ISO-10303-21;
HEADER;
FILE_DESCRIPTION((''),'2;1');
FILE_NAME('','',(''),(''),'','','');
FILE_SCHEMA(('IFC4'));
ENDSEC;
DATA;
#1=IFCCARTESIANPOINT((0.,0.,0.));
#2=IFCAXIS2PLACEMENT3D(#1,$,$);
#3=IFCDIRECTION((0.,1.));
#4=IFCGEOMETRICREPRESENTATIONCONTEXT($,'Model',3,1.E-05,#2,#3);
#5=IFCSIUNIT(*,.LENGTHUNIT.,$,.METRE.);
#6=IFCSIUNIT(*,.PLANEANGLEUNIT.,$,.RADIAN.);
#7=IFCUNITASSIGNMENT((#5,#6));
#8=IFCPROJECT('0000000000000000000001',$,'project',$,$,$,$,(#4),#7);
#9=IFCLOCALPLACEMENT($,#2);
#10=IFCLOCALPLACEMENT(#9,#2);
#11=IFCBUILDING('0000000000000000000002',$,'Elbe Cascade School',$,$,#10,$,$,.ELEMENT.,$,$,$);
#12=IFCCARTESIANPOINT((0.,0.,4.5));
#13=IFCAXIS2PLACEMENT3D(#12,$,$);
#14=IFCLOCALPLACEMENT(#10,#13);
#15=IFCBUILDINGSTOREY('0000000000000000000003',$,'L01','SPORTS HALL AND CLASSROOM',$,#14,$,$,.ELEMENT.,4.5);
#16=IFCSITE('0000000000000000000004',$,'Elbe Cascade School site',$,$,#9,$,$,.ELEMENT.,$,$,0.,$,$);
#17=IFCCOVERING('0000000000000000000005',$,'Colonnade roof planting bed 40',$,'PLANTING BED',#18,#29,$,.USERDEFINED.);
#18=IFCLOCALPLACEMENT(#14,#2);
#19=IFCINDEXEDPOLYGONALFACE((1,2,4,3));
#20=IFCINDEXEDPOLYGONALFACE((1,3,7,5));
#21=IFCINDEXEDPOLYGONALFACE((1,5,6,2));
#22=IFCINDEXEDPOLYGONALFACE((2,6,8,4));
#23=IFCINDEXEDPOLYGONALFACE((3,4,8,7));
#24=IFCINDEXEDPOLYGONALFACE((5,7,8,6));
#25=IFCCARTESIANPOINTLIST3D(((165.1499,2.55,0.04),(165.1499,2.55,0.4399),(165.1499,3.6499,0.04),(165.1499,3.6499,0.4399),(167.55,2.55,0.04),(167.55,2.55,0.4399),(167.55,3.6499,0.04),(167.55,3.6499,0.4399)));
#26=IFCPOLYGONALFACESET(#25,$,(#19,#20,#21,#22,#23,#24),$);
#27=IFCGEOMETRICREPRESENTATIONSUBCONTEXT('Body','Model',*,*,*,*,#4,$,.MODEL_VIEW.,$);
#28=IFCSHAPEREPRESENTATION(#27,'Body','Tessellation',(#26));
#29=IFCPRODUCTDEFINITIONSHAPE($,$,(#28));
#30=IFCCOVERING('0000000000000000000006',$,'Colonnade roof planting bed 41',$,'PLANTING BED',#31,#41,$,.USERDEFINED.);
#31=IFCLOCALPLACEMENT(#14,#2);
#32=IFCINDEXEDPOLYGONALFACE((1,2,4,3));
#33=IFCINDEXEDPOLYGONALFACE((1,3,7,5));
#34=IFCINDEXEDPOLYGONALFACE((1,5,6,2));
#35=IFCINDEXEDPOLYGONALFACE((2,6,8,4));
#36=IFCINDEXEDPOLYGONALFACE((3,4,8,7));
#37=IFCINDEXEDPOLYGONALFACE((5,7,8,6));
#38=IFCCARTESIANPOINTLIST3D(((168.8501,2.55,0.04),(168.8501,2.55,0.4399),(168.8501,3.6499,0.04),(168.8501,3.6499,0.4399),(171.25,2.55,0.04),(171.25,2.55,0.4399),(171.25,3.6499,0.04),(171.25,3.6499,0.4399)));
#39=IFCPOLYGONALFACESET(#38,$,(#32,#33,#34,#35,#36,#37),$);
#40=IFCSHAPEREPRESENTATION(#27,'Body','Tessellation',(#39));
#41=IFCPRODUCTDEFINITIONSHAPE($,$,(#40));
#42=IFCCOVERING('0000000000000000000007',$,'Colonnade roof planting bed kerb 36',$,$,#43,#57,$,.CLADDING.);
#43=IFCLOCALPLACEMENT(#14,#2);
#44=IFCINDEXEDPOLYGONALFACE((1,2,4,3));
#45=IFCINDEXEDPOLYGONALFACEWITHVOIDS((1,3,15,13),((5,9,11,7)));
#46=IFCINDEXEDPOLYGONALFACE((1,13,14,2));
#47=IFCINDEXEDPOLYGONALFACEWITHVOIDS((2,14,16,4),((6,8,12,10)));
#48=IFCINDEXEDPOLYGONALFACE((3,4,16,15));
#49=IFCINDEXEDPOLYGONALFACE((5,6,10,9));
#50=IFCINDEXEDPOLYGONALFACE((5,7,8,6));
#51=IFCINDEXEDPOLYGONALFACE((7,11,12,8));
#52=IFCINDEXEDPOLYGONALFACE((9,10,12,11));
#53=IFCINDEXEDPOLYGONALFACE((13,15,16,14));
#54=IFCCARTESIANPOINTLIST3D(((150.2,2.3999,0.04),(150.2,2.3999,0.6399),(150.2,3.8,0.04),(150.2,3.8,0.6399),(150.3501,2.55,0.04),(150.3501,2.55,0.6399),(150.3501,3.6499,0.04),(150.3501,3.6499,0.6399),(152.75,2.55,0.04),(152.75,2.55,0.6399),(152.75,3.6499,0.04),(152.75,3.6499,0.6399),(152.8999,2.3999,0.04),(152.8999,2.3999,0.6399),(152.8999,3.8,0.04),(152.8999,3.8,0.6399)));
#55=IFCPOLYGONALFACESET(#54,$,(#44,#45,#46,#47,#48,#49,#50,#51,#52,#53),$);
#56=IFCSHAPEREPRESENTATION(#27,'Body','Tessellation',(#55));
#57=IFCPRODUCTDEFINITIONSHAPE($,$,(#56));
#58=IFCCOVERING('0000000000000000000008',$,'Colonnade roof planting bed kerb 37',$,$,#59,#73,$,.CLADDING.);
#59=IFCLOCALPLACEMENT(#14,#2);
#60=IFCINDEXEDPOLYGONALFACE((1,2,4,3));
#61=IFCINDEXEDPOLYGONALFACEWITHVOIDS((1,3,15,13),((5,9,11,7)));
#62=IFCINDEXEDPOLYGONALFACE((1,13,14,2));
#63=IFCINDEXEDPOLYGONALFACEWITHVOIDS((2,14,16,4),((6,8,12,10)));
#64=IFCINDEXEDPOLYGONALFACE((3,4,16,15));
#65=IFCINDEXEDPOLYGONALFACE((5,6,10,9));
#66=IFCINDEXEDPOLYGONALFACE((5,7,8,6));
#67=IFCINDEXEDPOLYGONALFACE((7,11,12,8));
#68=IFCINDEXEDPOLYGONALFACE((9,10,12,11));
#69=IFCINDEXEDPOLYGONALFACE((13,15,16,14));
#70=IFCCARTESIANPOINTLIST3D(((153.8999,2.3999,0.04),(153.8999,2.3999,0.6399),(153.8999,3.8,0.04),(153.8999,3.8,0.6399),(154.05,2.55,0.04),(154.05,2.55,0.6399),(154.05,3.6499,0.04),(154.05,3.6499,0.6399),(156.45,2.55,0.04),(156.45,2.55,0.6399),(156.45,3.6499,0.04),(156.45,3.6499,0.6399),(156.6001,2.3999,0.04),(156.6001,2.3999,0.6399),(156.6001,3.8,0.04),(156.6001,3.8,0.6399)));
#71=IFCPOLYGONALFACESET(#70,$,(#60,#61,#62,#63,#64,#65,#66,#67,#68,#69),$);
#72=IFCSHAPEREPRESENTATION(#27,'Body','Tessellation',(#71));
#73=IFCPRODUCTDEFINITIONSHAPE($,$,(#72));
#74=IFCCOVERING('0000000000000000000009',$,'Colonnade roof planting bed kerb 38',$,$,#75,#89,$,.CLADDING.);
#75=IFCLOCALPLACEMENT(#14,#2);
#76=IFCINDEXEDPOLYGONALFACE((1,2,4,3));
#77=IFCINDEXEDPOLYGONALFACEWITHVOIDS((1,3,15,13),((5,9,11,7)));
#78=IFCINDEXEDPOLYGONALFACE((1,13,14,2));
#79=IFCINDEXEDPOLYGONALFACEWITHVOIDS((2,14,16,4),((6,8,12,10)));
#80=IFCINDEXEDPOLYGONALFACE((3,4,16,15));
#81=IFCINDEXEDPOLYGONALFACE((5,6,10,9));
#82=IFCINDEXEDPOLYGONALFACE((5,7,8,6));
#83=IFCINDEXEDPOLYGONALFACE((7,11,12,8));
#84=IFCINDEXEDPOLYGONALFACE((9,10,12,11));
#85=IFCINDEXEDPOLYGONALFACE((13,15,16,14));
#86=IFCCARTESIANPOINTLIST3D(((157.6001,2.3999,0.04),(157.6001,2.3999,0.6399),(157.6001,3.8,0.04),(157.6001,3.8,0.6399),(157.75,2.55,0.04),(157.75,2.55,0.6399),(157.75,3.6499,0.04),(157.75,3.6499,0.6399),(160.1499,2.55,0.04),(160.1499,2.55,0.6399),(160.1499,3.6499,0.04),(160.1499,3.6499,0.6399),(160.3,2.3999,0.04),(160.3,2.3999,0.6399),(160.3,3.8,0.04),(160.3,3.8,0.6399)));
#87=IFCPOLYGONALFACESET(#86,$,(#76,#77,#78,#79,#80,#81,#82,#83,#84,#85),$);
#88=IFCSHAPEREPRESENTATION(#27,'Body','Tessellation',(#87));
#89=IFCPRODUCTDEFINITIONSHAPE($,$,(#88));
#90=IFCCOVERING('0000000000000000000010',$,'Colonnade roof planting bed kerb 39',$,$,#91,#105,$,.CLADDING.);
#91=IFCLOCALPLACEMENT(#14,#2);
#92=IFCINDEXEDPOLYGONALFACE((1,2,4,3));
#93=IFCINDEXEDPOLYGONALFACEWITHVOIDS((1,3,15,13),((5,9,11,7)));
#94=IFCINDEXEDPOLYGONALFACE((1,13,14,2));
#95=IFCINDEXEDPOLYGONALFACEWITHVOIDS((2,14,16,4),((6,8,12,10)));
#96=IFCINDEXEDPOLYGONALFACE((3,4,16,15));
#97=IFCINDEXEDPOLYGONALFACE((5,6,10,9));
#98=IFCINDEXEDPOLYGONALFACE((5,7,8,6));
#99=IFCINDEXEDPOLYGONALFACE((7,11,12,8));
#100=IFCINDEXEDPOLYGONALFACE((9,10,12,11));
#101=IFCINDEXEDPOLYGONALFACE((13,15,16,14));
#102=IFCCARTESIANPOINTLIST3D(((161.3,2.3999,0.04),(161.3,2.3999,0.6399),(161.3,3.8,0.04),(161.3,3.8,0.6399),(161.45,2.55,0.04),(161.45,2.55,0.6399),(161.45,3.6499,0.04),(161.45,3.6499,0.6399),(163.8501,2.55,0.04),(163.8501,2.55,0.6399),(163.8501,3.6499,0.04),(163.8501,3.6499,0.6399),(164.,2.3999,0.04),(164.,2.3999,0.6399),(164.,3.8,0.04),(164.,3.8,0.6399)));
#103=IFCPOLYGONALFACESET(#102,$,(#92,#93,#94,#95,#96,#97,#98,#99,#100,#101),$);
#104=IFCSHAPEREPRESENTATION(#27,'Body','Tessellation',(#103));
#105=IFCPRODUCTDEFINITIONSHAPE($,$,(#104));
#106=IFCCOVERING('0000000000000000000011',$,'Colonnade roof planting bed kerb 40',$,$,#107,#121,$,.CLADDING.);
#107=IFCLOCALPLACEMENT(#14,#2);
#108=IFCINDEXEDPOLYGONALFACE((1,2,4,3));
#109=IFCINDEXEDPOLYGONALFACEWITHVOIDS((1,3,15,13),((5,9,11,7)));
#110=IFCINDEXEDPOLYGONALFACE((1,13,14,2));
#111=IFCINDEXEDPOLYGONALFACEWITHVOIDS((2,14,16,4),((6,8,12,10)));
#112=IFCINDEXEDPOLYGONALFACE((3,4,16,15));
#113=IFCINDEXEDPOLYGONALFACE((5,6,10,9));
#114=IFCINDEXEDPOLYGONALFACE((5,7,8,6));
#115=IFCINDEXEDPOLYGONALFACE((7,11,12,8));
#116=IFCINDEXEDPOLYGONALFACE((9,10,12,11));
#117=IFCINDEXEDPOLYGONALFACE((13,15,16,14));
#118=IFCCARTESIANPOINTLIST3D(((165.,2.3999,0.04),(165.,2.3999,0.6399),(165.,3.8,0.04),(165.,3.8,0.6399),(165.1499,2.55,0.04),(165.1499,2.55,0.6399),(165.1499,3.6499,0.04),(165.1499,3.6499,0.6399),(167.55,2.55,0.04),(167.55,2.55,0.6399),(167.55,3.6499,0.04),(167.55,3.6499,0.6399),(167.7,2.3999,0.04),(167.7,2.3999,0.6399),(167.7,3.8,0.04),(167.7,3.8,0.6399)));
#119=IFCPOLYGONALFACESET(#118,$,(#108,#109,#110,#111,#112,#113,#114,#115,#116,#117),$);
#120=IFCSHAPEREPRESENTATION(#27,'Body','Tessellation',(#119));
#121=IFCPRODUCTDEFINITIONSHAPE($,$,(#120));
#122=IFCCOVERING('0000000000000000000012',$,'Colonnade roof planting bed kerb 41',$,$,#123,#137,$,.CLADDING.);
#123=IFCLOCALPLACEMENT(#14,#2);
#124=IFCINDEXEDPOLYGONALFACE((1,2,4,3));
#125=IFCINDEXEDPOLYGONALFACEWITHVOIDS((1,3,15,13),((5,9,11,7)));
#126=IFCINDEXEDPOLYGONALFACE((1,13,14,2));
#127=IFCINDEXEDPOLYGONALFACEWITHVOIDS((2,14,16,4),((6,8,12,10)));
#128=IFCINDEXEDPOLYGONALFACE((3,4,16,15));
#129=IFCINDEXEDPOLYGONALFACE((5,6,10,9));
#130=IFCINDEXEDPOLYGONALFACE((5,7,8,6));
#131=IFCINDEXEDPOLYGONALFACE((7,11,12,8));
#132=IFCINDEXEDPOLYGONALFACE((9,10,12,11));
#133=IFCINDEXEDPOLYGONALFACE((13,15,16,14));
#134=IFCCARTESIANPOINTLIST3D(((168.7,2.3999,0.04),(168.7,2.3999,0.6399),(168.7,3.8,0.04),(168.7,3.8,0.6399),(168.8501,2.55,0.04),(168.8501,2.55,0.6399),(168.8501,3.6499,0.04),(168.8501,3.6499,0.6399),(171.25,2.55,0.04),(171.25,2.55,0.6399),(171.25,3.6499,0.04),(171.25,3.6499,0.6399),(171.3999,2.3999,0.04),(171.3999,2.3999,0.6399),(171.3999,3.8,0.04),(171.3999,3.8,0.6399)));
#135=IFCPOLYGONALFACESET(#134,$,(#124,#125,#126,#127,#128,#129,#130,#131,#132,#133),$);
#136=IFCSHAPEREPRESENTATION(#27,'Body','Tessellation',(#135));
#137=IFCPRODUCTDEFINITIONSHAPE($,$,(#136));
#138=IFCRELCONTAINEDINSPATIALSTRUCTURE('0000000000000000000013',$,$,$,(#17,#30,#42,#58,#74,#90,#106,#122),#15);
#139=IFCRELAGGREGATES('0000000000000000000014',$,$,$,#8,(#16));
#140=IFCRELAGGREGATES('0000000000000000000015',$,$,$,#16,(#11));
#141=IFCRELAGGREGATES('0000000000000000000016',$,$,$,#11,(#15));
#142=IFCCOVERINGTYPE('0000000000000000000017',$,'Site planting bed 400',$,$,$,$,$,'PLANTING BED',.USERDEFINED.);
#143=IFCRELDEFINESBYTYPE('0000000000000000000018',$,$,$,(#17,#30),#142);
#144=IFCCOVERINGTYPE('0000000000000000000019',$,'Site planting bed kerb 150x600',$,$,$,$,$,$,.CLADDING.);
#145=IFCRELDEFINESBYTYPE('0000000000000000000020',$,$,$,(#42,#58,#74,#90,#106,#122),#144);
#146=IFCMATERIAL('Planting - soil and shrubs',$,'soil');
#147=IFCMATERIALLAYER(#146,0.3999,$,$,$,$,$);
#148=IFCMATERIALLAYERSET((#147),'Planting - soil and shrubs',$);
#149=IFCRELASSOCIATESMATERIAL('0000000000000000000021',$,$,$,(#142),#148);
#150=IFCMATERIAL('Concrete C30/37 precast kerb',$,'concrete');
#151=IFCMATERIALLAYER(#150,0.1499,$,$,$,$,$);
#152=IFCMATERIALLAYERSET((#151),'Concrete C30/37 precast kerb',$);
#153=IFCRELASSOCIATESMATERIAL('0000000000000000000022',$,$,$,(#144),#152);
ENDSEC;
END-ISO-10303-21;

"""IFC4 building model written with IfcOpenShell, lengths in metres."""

from ifc_helpers import new_model, si_unit, direction, frame, origin, place, context, subcontext, project, spatial, polyline, outline, extrude, material, layer, layer_set, type_object, element, save


model = new_model("IFC4")

# Units and contexts
model_context = context("Model", 3, precision=1e-05, world=origin(), true_north=direction((0.0, 1.0)))
body_context = subcontext(model_context, "Body", "Model", "MODEL_VIEW")
ifc_project = project(units=[si_unit("LENGTHUNIT", "METRE"), si_unit("PLANEANGLEUNIT", "RADIAN")], contexts=[model_context])

# Site, building, storey
site_placement = place(None, origin())
site = spatial("IfcSite", under=ifc_project, at=site_placement, Name="Elbe Cascade School site", CompositionType="ELEMENT", RefElevation=0.0)
building_placement = place(site_placement, origin())
building = spatial("IfcBuilding", under=site, at=building_placement, Name="Elbe Cascade School", CompositionType="ELEMENT")
storey_placement = place(building_placement, frame((0.0, 0.0, 4.5)))
storey = spatial("IfcBuildingStorey", under=building, at=storey_placement, Name="L01", Description="SPORTS HALL AND CLASSROOM", CompositionType="ELEMENT", Elevation=4.5)

# Coverings
ifc_material_1 = material(Name="Planting - soil and shrubs", Category="soil")
ifc_layer_1 = layer(ifc_material_1, 0.3999)
ifc_layer_set_1 = layer_set([ifc_layer_1], Name="Planting - soil and shrubs")
covering_type_1 = type_object("IfcCoveringType", Name="Site planting bed 400", ElementType="PLANTING BED", PredefinedType="USERDEFINED", material=ifc_layer_set_1)
covering_1_placement = place(storey_placement, frame((0.0, 0.0, 0.04)))
element("IfcCovering", 1, at=covering_1_placement, inside=storey, type_object=covering_type_1, Name="Colonnade roof planting bed 40", ObjectType="PLANTING BED", PredefinedType="USERDEFINED", context=body_context, shape_type="SweptSolid", body=[
    extrude(outline(polyline([(165.1499, 2.55), (167.55, 2.55), (167.55, 3.6499), (165.1499, 3.6499), (165.1499, 2.55)])), origin(), (0.0, 0.0, 1.0), 0.3999),
])
covering_2_placement = place(storey_placement, frame((0.0, 0.0, 0.04)))
element("IfcCovering", 2, at=covering_2_placement, inside=storey, type_object=covering_type_1, Name="Colonnade roof planting bed 41", ObjectType="PLANTING BED", PredefinedType="USERDEFINED", context=body_context, shape_type="SweptSolid", body=[
    extrude(outline(polyline([(168.8501, 2.55), (171.25, 2.55), (171.25, 3.6499), (168.8501, 3.6499), (168.8501, 2.55)])), origin(), (0.0, 0.0, 1.0), 0.3999),
])
ifc_material_2 = material(Name="Concrete C30/37 precast kerb", Category="concrete")
ifc_layer_2 = layer(ifc_material_2, 0.1499)
ifc_layer_set_2 = layer_set([ifc_layer_2], Name="Concrete C30/37 precast kerb")
covering_type_2 = type_object("IfcCoveringType", Name="Site planting bed kerb 150x600", PredefinedType="CLADDING", material=ifc_layer_set_2)
covering_3_placement = place(storey_placement, frame((0.0, 0.0, 0.04)))
element("IfcCovering", 3, at=covering_3_placement, inside=storey, type_object=covering_type_2, Name="Colonnade roof planting bed kerb 36", PredefinedType="CLADDING", context=body_context, shape_type="SweptSolid", body=[
    extrude(outline(polyline([(150.2, 2.3999), (152.8999, 2.3999), (152.8999, 3.8), (150.2, 3.8), (150.2, 2.3999)]), holes=[polyline([(150.3501, 2.55), (152.75, 2.55), (152.75, 3.6499), (150.3501, 3.6499), (150.3501, 2.55)])]), origin(), (0.0, 0.0, 1.0), 0.5999),
])
covering_4_placement = place(storey_placement, frame((0.0, 0.0, 0.04)))
element("IfcCovering", 4, at=covering_4_placement, inside=storey, type_object=covering_type_2, Name="Colonnade roof planting bed kerb 37", PredefinedType="CLADDING", context=body_context, shape_type="SweptSolid", body=[
    extrude(outline(polyline([(153.8999, 2.3999), (156.6001, 2.3999), (156.6001, 3.8), (153.8999, 3.8), (153.8999, 2.3999)]), holes=[polyline([(154.05, 2.55), (156.45, 2.55), (156.45, 3.6499), (154.05, 3.6499), (154.05, 2.55)])]), origin(), (0.0, 0.0, 1.0), 0.5999),
])
covering_5_placement = place(storey_placement, frame((0.0, 0.0, 0.04)))
element("IfcCovering", 5, at=covering_5_placement, inside=storey, type_object=covering_type_2, Name="Colonnade roof planting bed kerb 38", PredefinedType="CLADDING", context=body_context, shape_type="SweptSolid", body=[
    extrude(outline(polyline([(157.6001, 2.3999), (160.3, 2.3999), (160.3, 3.8), (157.6001, 3.8), (157.6001, 2.3999)]), holes=[polyline([(157.75, 2.55), (160.1499, 2.55), (160.1499, 3.6499), (157.75, 3.6499), (157.75, 2.55)])]), origin(), (0.0, 0.0, 1.0), 0.5999),
])
covering_6_placement = place(storey_placement, frame((0.0, 0.0, 0.04)))
element("IfcCovering", 6, at=covering_6_placement, inside=storey, type_object=covering_type_2, Name="Colonnade roof planting bed kerb 39", PredefinedType="CLADDING", context=body_context, shape_type="SweptSolid", body=[
    extrude(outline(polyline([(161.3, 2.3999), (164.0, 2.3999), (164.0, 3.8), (161.3, 3.8), (161.3, 2.3999)]), holes=[polyline([(161.45, 2.55), (163.8501, 2.55), (163.8501, 3.6499), (161.45, 3.6499), (161.45, 2.55)])]), origin(), (0.0, 0.0, 1.0), 0.5999),
])
covering_7_placement = place(storey_placement, frame((0.0, 0.0, 0.04)))
element("IfcCovering", 7, at=covering_7_placement, inside=storey, type_object=covering_type_2, Name="Colonnade roof planting bed kerb 40", PredefinedType="CLADDING", context=body_context, shape_type="SweptSolid", body=[
    extrude(outline(polyline([(165.0, 2.3999), (167.7, 2.3999), (167.7, 3.8), (165.0, 3.8), (165.0, 2.3999)]), holes=[polyline([(165.1499, 2.55), (167.55, 2.55), (167.55, 3.6499), (165.1499, 3.6499), (165.1499, 2.55)])]), origin(), (0.0, 0.0, 1.0), 0.5999),
])
covering_8_placement = place(storey_placement, frame((0.0, 0.0, 0.04)))
element("IfcCovering", 8, at=covering_8_placement, inside=storey, type_object=covering_type_2, Name="Colonnade roof planting bed kerb 41", PredefinedType="CLADDING", context=body_context, shape_type="SweptSolid", body=[
    extrude(outline(polyline([(168.7, 2.3999), (171.3999, 2.3999), (171.3999, 3.8), (168.7, 3.8), (168.7, 2.3999)]), holes=[polyline([(168.8501, 2.55), (171.25, 2.55), (171.25, 3.6499), (168.8501, 3.6499), (168.8501, 2.55)])]), origin(), (0.0, 0.0, 1.0), 0.5999),
])

save(model, "model.ifc")
